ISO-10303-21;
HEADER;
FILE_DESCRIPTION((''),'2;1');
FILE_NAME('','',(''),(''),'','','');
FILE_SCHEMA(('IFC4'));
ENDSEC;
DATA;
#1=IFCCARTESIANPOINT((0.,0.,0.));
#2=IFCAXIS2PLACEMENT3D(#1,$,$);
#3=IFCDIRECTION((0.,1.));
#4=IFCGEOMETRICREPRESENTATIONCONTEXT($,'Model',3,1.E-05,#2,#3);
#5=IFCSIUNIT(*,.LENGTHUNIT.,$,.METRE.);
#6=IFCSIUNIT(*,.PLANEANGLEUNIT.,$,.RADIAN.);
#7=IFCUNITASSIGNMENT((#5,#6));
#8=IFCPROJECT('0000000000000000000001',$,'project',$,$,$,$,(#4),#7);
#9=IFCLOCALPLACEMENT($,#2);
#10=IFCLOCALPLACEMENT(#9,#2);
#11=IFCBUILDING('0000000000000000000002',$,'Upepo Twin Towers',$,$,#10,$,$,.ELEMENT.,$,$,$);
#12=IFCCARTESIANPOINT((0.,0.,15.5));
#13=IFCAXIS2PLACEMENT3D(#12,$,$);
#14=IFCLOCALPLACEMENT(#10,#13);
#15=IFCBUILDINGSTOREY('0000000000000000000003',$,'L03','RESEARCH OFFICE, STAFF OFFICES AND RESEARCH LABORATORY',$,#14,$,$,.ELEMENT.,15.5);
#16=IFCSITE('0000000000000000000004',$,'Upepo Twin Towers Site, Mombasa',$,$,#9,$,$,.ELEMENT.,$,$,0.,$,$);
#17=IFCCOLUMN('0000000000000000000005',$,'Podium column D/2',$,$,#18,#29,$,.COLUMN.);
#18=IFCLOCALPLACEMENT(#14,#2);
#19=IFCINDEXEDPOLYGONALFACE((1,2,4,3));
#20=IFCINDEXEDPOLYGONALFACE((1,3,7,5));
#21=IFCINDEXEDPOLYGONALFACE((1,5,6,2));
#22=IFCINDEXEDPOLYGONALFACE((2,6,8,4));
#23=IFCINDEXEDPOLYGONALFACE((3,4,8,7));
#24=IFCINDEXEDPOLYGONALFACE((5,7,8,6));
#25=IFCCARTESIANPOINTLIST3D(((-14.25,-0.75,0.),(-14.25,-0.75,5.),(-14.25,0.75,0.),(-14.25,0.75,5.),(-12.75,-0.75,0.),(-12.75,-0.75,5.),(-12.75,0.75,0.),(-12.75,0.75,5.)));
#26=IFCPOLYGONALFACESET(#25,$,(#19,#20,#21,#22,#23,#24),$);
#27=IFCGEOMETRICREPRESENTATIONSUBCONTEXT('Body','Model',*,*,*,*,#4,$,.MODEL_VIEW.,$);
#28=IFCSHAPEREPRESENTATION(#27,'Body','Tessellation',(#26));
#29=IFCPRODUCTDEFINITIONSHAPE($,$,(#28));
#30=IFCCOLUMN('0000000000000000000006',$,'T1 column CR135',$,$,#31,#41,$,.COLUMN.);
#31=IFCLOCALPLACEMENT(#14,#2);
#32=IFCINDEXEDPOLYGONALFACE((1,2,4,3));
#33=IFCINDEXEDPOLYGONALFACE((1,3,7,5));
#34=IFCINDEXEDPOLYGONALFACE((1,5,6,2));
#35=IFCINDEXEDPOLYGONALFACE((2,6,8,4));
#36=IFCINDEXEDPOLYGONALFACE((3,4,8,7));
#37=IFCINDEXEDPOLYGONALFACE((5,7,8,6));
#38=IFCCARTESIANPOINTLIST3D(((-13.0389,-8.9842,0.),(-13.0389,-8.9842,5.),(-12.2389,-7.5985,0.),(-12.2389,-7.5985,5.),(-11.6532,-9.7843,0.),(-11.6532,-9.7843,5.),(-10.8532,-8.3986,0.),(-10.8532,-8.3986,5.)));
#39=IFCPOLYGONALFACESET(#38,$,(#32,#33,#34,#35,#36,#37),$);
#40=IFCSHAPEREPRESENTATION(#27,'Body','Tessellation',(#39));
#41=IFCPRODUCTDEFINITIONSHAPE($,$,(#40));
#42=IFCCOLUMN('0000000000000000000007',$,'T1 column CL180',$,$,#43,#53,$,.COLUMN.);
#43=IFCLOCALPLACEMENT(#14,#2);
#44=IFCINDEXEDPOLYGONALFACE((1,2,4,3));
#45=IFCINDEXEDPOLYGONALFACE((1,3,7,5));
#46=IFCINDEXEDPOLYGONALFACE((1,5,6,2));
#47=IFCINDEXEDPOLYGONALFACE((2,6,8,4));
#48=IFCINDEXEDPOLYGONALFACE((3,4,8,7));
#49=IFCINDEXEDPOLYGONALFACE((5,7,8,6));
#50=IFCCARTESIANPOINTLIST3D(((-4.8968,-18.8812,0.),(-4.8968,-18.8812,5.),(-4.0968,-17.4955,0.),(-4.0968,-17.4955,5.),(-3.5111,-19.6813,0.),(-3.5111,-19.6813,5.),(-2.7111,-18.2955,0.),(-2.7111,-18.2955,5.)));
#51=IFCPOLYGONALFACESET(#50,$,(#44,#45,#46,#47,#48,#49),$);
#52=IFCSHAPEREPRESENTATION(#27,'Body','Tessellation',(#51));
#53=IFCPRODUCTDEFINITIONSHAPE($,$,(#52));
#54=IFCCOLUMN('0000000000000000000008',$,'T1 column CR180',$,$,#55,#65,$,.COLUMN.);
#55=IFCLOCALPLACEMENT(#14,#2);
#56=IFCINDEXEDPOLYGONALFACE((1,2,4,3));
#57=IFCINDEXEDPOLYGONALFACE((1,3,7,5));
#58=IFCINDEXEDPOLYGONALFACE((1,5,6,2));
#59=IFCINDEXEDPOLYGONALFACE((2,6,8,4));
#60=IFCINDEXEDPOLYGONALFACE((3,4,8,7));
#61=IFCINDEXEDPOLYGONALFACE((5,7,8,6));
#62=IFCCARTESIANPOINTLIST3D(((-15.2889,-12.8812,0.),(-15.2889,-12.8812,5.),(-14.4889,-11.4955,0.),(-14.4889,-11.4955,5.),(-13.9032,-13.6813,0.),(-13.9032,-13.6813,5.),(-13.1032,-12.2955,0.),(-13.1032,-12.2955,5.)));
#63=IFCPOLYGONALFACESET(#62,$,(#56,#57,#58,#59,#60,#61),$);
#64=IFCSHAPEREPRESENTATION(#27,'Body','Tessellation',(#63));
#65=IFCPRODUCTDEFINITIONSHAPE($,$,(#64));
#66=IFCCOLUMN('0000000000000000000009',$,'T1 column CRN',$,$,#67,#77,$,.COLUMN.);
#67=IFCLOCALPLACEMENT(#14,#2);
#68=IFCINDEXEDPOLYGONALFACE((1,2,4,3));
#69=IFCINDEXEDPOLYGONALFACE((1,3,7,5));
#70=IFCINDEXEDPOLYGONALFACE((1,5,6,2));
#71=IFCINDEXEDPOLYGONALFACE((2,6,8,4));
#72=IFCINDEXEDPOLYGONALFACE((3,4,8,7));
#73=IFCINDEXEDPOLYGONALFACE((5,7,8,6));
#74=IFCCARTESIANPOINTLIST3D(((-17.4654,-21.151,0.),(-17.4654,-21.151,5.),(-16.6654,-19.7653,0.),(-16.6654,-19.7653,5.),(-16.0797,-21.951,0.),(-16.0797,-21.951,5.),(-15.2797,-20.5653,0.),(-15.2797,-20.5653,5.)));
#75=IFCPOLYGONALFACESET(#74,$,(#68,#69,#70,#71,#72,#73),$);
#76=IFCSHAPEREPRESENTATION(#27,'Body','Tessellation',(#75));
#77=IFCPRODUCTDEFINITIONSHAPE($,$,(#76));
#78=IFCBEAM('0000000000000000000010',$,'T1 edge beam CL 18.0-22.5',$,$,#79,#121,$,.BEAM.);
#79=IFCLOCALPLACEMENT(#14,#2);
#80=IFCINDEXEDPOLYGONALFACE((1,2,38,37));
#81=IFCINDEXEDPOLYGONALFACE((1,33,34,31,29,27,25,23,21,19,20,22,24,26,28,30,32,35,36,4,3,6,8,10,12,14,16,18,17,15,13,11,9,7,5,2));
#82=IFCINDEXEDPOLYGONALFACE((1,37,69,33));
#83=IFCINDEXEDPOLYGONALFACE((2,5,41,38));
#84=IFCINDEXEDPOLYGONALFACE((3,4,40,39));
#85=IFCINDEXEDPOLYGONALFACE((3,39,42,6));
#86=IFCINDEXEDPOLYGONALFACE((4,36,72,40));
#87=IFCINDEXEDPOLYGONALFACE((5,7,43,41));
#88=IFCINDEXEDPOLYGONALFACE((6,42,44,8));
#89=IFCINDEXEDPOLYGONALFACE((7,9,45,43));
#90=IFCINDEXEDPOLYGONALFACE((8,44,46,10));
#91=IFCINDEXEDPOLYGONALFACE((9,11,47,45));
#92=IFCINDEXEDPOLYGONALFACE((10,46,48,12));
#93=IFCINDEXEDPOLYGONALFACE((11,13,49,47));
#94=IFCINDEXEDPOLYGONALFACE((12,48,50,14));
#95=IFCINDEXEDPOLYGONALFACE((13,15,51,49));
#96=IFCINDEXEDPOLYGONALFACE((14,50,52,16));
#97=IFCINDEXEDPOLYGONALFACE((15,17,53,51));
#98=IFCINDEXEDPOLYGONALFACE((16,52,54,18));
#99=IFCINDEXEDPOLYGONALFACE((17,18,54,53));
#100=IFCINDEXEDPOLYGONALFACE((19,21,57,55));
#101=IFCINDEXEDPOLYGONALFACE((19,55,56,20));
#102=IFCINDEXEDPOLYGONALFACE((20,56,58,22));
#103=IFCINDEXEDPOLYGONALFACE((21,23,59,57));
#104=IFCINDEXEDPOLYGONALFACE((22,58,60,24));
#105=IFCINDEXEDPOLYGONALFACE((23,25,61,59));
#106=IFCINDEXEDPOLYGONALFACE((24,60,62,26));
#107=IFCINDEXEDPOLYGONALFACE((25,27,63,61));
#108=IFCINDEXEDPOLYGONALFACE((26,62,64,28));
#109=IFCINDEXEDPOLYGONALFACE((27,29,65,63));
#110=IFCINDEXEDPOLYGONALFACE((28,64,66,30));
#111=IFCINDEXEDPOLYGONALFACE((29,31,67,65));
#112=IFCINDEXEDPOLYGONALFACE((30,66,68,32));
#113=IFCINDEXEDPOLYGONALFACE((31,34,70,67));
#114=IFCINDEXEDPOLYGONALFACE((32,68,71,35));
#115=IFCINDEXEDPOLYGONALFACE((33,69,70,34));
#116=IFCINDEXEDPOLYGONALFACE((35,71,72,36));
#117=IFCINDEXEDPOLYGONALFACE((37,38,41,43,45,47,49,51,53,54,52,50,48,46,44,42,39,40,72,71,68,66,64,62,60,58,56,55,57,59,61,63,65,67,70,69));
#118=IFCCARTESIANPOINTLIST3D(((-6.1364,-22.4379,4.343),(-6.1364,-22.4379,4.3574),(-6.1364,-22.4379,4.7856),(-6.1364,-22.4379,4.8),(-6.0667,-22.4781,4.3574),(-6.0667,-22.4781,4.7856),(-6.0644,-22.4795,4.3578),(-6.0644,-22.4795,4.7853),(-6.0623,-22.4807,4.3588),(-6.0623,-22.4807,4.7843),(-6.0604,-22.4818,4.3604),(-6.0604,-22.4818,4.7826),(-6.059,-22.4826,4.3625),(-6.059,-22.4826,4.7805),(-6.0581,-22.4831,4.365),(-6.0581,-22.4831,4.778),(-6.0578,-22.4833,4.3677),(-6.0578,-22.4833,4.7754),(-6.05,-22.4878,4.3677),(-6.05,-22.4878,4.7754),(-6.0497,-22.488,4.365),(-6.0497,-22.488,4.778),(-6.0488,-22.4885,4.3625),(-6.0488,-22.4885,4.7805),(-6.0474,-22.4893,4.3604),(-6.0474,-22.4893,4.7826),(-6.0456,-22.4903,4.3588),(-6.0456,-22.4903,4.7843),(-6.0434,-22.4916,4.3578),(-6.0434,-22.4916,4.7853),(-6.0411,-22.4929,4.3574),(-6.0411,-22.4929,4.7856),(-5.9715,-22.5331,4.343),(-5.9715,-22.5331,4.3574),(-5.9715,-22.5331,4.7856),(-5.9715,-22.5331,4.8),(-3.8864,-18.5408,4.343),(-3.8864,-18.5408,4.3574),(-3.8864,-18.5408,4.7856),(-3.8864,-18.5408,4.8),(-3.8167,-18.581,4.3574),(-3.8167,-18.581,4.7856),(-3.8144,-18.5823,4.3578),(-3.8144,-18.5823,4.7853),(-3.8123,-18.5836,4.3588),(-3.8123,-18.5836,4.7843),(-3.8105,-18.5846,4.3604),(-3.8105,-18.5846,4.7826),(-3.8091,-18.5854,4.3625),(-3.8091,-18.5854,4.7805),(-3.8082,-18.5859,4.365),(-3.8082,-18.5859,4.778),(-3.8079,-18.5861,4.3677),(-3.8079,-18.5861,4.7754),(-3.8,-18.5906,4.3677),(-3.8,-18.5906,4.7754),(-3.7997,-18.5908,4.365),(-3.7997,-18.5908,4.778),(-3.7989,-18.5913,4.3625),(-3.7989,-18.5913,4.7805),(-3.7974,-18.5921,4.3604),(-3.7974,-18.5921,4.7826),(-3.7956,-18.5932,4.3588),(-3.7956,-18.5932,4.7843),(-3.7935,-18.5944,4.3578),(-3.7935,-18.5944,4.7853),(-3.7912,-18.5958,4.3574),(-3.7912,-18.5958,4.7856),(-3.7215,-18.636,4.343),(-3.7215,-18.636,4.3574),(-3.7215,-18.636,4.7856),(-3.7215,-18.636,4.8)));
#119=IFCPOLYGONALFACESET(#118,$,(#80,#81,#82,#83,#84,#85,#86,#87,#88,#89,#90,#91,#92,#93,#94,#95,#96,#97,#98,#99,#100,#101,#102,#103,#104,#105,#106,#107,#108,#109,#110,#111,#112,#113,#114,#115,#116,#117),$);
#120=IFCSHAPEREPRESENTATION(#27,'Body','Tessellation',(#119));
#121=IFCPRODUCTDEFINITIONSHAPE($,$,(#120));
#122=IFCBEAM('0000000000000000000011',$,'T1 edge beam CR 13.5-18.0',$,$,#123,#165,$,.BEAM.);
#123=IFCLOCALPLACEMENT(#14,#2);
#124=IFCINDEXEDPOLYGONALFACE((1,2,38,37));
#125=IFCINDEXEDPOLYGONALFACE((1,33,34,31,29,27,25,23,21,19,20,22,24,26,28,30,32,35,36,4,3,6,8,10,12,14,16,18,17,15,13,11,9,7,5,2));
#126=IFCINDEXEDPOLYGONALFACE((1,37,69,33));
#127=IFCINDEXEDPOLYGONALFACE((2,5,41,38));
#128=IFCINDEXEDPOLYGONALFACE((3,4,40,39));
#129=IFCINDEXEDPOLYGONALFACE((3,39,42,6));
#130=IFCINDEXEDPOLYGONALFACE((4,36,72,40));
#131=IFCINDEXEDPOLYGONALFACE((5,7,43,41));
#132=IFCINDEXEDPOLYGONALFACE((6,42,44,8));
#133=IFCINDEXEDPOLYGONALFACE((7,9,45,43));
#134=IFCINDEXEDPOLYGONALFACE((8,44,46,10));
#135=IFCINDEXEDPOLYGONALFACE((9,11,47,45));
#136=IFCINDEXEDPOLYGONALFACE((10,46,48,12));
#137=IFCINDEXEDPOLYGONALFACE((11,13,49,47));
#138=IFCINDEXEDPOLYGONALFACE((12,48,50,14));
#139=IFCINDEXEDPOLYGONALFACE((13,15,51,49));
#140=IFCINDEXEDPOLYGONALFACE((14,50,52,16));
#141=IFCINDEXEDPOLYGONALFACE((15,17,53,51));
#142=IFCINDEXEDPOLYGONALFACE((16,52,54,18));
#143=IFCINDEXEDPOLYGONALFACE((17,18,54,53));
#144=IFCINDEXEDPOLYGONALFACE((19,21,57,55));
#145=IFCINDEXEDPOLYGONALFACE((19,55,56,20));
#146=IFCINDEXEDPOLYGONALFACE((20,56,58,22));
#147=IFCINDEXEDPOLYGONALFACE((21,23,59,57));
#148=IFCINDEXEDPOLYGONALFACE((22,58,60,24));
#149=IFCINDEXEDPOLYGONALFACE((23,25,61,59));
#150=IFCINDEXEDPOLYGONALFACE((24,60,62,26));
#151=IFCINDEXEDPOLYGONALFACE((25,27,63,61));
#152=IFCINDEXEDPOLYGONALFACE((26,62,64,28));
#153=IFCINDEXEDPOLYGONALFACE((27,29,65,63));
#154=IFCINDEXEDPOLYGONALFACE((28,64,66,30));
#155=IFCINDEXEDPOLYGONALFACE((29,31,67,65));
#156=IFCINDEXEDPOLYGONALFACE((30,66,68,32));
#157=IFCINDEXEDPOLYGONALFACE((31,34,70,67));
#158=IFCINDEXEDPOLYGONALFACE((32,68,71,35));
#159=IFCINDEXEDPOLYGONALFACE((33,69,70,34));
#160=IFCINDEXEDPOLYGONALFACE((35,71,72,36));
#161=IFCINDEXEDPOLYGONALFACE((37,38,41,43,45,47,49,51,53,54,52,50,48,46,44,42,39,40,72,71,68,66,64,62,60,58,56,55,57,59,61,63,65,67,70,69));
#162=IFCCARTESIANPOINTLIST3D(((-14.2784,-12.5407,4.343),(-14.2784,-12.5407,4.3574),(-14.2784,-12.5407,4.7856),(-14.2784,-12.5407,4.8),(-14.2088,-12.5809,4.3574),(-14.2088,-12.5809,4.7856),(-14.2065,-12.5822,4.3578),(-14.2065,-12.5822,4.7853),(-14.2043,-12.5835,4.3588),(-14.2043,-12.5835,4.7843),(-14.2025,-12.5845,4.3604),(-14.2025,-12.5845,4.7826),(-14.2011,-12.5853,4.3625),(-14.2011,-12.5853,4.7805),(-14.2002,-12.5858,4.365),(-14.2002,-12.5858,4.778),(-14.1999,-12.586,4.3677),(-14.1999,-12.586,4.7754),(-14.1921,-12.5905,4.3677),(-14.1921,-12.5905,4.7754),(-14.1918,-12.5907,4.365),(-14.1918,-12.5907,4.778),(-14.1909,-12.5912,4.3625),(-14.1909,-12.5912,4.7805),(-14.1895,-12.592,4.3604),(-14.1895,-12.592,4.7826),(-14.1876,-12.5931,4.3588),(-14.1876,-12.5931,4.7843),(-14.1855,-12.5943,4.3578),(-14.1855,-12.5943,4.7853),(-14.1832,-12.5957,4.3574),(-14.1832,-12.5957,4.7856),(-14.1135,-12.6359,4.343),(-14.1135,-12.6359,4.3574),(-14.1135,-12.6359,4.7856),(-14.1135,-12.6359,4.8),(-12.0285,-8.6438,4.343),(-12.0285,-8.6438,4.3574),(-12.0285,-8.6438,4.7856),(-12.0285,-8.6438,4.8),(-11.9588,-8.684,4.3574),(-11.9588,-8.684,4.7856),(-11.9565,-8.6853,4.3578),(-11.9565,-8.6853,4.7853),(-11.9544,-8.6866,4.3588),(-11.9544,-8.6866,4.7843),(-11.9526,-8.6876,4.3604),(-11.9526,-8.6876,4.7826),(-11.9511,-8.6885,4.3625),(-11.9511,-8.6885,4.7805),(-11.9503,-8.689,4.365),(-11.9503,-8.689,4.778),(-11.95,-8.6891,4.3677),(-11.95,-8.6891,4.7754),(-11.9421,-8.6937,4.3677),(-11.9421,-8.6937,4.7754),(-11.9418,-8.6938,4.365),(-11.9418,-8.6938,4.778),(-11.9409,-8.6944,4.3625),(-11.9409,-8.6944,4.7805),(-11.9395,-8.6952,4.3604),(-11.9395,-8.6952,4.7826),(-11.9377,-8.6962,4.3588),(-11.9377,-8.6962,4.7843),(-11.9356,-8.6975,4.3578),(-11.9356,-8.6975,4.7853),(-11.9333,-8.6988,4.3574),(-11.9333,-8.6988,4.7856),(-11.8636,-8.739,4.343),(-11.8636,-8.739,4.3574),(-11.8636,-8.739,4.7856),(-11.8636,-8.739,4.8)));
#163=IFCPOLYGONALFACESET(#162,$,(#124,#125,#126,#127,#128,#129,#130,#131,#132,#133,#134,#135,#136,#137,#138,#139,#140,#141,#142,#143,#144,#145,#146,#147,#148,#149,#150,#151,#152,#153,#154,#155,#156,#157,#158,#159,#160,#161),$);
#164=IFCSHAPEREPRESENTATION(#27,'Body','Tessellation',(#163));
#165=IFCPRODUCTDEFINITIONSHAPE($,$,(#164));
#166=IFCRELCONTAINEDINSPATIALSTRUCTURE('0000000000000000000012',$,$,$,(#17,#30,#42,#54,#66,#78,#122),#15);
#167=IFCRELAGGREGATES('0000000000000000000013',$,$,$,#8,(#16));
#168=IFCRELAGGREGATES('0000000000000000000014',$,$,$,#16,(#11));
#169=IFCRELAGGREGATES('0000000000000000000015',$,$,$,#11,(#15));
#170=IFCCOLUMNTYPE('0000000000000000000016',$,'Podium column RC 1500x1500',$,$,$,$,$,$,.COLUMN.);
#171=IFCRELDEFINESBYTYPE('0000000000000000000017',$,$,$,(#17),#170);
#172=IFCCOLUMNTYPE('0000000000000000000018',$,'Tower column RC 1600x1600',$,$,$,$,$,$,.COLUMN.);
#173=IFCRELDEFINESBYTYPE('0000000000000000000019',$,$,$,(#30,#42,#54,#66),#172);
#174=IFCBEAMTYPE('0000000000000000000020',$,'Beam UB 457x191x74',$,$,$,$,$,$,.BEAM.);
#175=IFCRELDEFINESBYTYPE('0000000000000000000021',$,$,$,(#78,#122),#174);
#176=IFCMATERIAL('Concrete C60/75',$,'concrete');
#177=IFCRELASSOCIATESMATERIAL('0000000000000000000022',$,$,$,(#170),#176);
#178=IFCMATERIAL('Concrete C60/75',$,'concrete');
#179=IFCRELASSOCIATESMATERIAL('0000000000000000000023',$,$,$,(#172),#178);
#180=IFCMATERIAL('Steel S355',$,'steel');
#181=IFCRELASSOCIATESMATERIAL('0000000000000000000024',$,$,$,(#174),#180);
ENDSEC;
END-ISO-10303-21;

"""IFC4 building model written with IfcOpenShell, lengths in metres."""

from ifc_helpers import new_model, si_unit, direction, frame, origin, origin_2d, place, context, subcontext, project, spatial, rectangle, i_section, extrude, material, material_profile, profile_set, type_object, element, save


model = new_model("IFC4")

# Units and contexts
model_context = context("Model", 3, precision=1e-05, world=origin(), true_north=direction((0.0, 1.0)))
body_context = subcontext(model_context, "Body", "Model", "MODEL_VIEW")
ifc_project = project(units=[si_unit("LENGTHUNIT", "METRE"), si_unit("PLANEANGLEUNIT", "RADIAN")], contexts=[model_context])

# Site, building, storey
site_placement = place(None, origin())
site = spatial("IfcSite", under=ifc_project, at=site_placement, Name="Upepo Twin Towers Site, Mombasa", CompositionType="ELEMENT", RefElevation=0.0)
building_placement = place(site_placement, origin())
building = spatial("IfcBuilding", under=site, at=building_placement, Name="Upepo Twin Towers", CompositionType="ELEMENT")
storey_placement = place(building_placement, frame((0.0, 0.0, 15.5)))
storey = spatial("IfcBuildingStorey", under=building, at=storey_placement, Name="L03", Description="RESEARCH OFFICE, STAFF OFFICES AND RESEARCH LABORATORY", CompositionType="ELEMENT", Elevation=15.5)

# Columns
ifc_material_1 = material(Name="Concrete C60/75", Category="concrete")
ifc_material_profile_1 = material_profile(ifc_material_1, rectangle(XDim=1.5, YDim=1.5, at=origin_2d()), Name="RC 1500x1500")
ifc_profile_set_1 = profile_set([ifc_material_profile_1], Name="Concrete C60/75")
column_type_1 = type_object("IfcColumnType", Name="Podium column RC 1500x1500", PredefinedType="COLUMN", material=ifc_profile_set_1)
column_placement = place(storey_placement, frame((-13.5, 0.0, 0.0), z_axis=(0.0, 0.0, 1.0), x_axis=(1.0, 0.0, 0.0)))
element("IfcColumn", 1, at=column_placement, inside=storey, type_object=column_type_1, Name="Podium column D/2", PredefinedType="COLUMN", context=body_context, shape_type="SweptSolid", body=[
    extrude(rectangle(XDim=1.5, YDim=1.5, at=origin_2d()), origin(), (0.0, 0.0, 1.0), 5.0),
])
ifc_material_2 = material(Name="Concrete C60/75", Category="concrete")
ifc_material_profile_2 = material_profile(ifc_material_2, rectangle(XDim=1.6001, YDim=1.6001, at=origin_2d()), Name="RC 1600x1600")
ifc_profile_set_2 = profile_set([ifc_material_profile_2], Name="Concrete C60/75")
column_type_2 = type_object("IfcColumnType", Name="Tower column RC 1600x1600", PredefinedType="COLUMN", material=ifc_profile_set_2)
for number, where, z_axis, x_axis, name in (
    (2, (-11.946, -8.6914, 0.0), (0.0, 0.0, 1.0), (0.5, 0.866025, 0.0), "T1 column CR135"),
    (3, (-3.804, -18.5884, 0.0), (0.0, 0.0, 1.0), (0.5, 0.866025, 0.0), "T1 column CL180"),
    (4, (-14.196, -12.5884, 0.0), (0.0, 0.0, 1.0), (0.5, 0.866025, 0.0), "T1 column CR180"),
    (5, (-16.3726, -20.8582, 0.0), (0.0, 0.0, 1.0), (0.5, 0.866025, 0.0), "T1 column CRN"),
):
    element("IfcColumn", number, at=place(storey_placement, frame(where, z_axis=z_axis, x_axis=x_axis)), inside=storey, type_object=column_type_2, Name=name, PredefinedType="COLUMN", context=body_context, shape_type="SweptSolid", body=[
        extrude(rectangle(XDim=1.6001, YDim=1.6001, at=origin_2d()), origin(), (0.0, 0.0, 1.0), 5.0),
    ])

# Beams
ifc_material_3 = material(Name="Steel S355", Category="steel")
ifc_material_profile_3 = material_profile(ifc_material_3, i_section(OverallWidth=0.1904, OverallDepth=0.457, WebThickness=0.009, FlangeThickness=0.0144, FilletRadius=0.0103, at=origin_2d()), Name="UB 457x191x74")
ifc_profile_set_3 = profile_set([ifc_material_profile_3], Name="Steel S355")
beam_type_1 = type_object("IfcBeamType", Name="Beam UB 457x191x74", PredefinedType="BEAM", material=ifc_profile_set_3)
beam_1_placement = place(storey_placement, frame((-3.804, -18.5884, 4.5715), z_axis=(-0.49999, -0.866031, 0.0), x_axis=(0.866031, -0.49999, 0.0)))
element("IfcBeam", 6, at=beam_1_placement, inside=storey, type_object=beam_type_1, Name="T1 edge beam CL 18.0-22.5", PredefinedType="BEAM", context=body_context, shape_type="SweptSolid", body=[
    extrude(i_section(OverallWidth=0.1904, OverallDepth=0.457, WebThickness=0.009, FlangeThickness=0.0144, FilletRadius=0.0103, at=origin_2d()), origin(), (0.0, 0.0, 1.0), 4.5),
])
beam_2_placement = place(storey_placement, frame((-11.946, -8.6914, 4.5715), z_axis=(-0.500014, -0.866018, 0.0), x_axis=(0.866018, -0.500014, 0.0)))
element("IfcBeam", 7, at=beam_2_placement, inside=storey, type_object=beam_type_1, Name="T1 edge beam CR 13.5-18.0", PredefinedType="BEAM", context=body_context, shape_type="SweptSolid", body=[
    extrude(i_section(OverallWidth=0.1904, OverallDepth=0.457, WebThickness=0.009, FlangeThickness=0.0144, FilletRadius=0.0103, at=origin_2d()), origin(), (0.0, 0.0, 1.0), 4.4998),
])

save(model, "model.ifc")
